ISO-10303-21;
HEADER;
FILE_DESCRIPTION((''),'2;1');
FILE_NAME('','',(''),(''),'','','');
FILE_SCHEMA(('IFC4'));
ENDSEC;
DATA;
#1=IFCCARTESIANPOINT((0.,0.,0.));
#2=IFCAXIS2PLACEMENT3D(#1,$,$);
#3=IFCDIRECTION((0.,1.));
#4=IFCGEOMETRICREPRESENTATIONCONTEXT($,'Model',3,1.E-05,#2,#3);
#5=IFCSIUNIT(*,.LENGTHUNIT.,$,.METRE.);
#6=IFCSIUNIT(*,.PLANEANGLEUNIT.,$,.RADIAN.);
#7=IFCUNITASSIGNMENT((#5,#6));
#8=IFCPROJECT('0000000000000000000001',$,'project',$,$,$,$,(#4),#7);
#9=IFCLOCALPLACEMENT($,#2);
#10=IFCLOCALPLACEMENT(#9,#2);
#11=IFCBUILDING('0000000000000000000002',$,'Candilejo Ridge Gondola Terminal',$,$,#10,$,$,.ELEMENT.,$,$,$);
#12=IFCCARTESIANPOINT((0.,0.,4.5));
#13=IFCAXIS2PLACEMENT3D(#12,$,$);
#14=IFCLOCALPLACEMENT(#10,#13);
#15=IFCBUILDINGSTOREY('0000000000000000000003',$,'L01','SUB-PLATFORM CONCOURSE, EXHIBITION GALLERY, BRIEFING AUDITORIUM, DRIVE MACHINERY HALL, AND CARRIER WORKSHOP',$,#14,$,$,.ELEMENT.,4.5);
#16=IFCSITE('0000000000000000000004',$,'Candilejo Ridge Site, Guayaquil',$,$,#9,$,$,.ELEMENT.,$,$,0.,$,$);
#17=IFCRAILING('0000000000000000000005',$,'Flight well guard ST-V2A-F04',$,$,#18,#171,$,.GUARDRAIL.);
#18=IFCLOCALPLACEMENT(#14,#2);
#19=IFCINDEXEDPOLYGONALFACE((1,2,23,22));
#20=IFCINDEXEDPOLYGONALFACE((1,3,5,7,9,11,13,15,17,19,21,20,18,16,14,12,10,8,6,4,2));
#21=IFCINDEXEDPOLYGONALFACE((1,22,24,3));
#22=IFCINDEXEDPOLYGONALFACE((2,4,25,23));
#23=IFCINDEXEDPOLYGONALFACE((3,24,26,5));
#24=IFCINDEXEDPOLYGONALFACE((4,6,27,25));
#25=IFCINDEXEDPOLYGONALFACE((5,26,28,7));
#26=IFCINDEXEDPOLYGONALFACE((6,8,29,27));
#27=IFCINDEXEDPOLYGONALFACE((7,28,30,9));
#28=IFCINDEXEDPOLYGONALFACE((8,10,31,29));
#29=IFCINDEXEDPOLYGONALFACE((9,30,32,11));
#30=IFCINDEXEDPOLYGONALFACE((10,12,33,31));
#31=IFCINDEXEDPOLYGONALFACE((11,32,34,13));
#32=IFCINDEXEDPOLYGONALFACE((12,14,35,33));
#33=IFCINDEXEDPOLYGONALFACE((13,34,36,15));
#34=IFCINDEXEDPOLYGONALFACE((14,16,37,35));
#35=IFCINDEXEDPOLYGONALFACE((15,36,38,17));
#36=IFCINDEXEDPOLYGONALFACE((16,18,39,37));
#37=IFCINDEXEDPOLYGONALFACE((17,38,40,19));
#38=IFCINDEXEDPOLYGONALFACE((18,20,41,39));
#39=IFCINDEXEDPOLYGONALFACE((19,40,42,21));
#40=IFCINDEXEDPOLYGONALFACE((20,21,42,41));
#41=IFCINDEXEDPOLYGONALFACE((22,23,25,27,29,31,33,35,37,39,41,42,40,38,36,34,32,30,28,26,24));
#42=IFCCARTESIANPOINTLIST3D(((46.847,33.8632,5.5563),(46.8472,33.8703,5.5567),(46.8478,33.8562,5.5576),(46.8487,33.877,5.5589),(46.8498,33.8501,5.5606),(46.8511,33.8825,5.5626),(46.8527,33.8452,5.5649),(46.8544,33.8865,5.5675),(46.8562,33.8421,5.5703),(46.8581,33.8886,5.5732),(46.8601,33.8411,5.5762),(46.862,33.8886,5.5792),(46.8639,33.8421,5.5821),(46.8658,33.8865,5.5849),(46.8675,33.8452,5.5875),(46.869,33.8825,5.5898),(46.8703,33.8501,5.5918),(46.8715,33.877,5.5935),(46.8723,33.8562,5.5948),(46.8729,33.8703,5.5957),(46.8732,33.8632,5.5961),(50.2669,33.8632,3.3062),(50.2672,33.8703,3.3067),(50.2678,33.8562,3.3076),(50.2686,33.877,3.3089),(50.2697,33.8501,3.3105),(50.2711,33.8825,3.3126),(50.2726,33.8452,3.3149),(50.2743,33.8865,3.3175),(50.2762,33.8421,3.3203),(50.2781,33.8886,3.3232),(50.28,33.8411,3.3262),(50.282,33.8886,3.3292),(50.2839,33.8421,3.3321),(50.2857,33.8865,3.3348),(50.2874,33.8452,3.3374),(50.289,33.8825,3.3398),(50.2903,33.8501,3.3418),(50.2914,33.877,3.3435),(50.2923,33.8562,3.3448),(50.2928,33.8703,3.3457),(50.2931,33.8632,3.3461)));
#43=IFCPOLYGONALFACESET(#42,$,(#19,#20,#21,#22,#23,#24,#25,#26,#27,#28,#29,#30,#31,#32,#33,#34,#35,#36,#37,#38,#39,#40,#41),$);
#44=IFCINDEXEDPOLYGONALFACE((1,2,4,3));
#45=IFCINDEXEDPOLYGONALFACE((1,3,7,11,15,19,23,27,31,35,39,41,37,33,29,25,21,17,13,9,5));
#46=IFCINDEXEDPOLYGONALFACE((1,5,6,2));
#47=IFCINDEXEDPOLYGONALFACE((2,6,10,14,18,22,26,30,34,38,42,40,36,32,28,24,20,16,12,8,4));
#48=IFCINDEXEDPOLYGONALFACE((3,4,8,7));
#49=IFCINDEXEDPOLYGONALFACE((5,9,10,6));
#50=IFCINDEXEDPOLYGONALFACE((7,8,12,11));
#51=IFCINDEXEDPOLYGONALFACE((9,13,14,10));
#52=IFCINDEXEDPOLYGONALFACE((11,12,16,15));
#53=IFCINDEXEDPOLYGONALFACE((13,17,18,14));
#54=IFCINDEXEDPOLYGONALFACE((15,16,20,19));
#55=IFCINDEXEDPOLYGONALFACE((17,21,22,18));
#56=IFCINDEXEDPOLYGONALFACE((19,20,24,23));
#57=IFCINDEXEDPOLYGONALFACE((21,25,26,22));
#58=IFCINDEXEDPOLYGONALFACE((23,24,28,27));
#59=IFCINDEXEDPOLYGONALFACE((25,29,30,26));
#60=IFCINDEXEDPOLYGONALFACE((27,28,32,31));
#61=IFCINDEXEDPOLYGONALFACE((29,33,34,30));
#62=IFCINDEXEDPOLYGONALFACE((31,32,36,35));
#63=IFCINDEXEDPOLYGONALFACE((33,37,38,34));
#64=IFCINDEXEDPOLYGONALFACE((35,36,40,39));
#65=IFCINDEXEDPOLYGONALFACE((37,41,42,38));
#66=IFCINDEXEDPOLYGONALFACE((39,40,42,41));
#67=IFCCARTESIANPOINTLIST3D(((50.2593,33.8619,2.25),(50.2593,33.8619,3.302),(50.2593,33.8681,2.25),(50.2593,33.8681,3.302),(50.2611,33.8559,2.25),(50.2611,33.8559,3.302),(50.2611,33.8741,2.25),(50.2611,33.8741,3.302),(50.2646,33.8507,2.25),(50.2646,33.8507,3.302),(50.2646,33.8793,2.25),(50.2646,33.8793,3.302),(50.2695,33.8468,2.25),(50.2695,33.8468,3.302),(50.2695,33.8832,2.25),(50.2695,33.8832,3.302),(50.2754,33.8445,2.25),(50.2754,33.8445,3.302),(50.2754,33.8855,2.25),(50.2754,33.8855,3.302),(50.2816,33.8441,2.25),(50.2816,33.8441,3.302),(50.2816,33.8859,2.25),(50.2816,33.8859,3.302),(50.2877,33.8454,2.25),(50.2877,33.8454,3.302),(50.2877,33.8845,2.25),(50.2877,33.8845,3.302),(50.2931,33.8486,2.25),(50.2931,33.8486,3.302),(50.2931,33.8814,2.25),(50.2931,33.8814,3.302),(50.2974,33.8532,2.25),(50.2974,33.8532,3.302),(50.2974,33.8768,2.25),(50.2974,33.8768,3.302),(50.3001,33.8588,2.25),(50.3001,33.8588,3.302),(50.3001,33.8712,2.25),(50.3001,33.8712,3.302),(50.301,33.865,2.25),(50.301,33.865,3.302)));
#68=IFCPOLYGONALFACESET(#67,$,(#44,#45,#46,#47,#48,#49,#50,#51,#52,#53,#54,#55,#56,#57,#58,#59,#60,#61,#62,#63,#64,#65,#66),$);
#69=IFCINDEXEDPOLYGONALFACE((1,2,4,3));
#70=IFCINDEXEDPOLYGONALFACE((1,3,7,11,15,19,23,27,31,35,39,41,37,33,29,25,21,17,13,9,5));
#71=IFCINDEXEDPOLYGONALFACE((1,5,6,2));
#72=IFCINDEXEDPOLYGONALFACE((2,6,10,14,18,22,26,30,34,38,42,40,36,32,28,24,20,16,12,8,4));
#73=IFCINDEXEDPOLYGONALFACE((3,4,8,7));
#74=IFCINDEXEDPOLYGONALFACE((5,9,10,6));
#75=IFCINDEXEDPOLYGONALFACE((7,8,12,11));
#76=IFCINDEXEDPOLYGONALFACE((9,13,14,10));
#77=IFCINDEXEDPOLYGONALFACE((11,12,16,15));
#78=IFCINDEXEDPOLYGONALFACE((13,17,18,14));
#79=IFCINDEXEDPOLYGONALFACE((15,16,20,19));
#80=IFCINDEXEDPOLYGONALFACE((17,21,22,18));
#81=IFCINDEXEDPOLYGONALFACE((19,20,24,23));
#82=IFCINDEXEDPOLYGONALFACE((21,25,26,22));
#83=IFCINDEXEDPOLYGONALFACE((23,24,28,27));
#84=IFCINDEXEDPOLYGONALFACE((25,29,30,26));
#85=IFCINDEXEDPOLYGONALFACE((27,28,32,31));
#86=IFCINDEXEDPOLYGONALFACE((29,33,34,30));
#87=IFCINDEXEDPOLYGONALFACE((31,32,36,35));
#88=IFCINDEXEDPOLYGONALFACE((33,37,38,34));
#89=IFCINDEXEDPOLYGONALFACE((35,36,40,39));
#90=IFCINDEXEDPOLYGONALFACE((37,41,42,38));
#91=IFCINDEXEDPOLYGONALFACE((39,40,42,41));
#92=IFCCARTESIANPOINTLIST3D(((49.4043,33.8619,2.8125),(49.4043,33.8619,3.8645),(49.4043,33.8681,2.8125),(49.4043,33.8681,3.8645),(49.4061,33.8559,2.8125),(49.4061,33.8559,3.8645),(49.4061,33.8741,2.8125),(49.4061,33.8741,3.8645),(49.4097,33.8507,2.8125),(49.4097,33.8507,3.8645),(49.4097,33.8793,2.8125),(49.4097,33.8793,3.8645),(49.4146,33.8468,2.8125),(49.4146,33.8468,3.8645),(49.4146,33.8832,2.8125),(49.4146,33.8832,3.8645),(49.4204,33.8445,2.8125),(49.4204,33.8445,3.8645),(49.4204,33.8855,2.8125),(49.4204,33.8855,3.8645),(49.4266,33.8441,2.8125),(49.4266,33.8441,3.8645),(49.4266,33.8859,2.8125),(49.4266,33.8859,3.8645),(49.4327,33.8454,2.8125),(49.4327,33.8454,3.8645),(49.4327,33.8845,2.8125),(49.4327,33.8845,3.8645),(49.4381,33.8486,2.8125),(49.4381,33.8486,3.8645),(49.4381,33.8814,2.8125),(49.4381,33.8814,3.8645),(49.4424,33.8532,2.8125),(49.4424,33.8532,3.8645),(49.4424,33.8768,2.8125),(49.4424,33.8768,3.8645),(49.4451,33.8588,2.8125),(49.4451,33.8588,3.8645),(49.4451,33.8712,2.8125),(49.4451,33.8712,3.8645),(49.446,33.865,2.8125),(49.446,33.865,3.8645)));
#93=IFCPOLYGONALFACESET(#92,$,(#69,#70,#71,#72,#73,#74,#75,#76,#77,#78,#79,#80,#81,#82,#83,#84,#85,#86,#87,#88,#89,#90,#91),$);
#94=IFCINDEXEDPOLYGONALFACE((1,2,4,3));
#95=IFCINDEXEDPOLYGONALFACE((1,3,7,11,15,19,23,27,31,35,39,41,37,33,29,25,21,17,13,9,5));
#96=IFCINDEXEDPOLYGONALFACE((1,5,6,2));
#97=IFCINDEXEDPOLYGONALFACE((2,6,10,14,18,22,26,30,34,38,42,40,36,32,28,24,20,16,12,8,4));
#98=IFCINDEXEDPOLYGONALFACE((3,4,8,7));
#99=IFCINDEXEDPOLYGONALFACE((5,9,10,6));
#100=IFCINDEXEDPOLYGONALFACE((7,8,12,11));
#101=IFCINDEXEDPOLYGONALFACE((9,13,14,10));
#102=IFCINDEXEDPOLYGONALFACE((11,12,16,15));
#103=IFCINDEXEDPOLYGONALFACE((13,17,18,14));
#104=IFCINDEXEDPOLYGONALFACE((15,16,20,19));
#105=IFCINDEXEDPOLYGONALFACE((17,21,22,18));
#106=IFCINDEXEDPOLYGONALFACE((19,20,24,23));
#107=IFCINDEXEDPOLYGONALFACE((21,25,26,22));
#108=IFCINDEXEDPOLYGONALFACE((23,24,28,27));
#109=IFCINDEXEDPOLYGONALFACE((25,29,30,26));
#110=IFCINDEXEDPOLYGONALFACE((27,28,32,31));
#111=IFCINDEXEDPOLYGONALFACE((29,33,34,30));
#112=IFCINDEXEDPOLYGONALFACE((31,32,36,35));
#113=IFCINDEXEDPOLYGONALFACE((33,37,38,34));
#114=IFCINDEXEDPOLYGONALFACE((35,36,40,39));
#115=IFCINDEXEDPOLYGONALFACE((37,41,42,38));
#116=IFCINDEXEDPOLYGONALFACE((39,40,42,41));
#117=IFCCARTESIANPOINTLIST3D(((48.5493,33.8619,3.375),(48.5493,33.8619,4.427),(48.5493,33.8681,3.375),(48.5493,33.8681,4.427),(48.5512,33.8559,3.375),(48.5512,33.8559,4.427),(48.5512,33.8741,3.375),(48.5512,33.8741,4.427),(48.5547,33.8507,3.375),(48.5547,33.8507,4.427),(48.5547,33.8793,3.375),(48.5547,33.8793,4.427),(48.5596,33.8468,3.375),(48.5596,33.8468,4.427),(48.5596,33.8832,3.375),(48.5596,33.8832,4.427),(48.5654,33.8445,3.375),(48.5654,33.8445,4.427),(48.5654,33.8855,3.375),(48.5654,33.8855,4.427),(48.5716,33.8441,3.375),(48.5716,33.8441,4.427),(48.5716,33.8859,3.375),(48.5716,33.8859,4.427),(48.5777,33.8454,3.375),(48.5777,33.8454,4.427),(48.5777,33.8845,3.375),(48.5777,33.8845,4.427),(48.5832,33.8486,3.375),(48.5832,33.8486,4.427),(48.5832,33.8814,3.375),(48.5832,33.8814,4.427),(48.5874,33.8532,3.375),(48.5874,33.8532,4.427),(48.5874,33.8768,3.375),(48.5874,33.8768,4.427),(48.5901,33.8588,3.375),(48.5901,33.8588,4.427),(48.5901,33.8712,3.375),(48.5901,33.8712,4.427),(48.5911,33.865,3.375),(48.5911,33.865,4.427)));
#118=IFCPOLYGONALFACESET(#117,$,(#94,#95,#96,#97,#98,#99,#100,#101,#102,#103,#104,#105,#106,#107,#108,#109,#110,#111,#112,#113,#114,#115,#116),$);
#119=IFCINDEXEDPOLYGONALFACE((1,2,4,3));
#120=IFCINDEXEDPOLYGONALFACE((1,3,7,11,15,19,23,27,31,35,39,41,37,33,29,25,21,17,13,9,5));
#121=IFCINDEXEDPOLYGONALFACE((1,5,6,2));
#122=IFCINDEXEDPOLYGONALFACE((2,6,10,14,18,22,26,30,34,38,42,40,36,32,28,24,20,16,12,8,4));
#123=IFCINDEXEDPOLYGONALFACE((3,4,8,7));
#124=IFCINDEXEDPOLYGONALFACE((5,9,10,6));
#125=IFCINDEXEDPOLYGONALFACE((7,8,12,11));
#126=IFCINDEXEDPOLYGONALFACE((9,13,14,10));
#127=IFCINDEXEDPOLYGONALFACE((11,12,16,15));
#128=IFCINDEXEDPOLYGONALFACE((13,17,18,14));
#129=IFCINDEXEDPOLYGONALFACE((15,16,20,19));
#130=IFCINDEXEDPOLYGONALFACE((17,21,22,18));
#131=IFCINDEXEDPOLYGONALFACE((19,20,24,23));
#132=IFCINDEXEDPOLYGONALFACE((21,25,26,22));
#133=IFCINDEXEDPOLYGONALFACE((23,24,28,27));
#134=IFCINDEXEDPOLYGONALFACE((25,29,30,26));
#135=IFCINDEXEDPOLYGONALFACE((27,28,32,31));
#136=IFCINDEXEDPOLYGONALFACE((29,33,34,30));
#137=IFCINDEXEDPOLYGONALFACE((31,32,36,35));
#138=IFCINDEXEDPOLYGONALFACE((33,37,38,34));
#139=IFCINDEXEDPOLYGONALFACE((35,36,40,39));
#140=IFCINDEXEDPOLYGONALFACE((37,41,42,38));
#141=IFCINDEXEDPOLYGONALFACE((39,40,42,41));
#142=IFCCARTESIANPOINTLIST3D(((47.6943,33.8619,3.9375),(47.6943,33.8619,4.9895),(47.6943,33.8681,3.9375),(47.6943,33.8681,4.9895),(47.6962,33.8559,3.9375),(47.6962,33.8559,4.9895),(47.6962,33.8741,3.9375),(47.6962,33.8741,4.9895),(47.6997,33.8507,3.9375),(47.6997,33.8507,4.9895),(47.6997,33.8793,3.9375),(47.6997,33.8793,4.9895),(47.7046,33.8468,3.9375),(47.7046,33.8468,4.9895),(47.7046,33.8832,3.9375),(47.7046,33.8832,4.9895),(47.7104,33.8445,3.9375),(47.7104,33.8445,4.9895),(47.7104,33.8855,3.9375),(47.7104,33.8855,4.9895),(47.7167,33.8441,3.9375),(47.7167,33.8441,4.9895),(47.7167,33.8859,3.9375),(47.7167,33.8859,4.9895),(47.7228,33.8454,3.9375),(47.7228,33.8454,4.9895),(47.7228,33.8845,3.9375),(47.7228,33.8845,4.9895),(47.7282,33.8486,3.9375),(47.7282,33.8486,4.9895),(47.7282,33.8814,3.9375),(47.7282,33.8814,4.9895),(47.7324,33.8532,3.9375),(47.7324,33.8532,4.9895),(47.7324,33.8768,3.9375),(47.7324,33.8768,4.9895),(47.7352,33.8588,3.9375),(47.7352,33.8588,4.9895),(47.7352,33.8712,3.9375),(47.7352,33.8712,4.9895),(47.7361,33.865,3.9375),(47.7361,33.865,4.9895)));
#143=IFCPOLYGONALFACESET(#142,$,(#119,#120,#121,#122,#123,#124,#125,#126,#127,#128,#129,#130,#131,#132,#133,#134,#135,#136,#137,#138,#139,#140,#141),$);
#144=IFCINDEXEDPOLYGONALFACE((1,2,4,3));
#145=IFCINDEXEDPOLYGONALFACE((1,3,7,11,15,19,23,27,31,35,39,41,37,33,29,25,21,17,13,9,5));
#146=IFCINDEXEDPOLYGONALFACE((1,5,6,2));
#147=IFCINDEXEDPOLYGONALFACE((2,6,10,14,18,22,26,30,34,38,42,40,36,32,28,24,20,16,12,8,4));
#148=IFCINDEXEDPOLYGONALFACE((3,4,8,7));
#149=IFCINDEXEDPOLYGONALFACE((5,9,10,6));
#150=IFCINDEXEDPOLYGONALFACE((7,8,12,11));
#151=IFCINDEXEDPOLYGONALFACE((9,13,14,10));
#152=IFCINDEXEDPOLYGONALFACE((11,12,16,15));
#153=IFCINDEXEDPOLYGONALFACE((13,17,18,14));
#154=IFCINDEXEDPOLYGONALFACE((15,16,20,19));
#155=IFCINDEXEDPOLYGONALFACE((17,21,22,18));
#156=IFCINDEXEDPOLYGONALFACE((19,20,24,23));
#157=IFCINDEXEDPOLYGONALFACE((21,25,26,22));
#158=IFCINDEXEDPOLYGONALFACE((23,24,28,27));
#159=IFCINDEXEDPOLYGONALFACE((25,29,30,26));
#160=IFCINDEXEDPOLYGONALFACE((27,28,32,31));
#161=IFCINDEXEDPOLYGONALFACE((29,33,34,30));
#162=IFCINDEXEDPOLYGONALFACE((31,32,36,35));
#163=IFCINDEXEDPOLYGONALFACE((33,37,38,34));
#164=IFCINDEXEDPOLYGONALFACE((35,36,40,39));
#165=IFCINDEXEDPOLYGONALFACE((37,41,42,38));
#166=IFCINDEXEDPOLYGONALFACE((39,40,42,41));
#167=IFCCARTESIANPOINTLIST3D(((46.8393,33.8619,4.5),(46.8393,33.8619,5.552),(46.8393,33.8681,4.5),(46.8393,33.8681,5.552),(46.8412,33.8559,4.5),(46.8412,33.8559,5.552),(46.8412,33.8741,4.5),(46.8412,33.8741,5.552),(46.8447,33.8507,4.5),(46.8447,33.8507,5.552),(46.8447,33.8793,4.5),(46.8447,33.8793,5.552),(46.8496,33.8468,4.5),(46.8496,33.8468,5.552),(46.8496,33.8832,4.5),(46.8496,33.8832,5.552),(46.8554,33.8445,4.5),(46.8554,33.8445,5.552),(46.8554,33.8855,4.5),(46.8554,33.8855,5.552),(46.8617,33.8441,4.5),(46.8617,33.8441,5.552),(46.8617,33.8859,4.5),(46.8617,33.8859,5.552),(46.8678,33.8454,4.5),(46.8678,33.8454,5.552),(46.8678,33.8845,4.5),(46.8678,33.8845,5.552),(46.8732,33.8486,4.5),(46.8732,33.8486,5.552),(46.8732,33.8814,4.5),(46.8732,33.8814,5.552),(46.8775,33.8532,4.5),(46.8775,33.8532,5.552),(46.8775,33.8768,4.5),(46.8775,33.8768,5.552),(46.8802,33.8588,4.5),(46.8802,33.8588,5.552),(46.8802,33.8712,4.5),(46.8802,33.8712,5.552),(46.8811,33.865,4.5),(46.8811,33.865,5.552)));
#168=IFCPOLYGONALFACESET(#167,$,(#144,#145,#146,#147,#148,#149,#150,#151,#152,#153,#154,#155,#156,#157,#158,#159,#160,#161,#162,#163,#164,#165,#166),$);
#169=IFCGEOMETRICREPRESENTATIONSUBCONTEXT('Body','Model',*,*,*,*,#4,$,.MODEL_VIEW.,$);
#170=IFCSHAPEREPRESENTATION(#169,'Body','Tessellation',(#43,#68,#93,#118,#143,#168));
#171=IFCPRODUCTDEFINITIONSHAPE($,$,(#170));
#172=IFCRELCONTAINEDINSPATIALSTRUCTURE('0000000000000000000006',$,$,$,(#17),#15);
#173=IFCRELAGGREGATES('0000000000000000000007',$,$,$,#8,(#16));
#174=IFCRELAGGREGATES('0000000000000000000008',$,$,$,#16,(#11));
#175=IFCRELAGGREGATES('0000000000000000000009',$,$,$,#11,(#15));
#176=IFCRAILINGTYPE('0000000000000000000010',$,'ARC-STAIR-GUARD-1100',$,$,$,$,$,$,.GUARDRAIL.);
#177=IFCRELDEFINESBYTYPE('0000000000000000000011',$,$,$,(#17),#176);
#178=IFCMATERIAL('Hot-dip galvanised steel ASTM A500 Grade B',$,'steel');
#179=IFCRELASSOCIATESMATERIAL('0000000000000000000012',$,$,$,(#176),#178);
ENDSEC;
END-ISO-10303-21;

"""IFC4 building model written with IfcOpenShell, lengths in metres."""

from ifc_helpers import new_model, si_unit, direction, frame, origin, origin_2d, place, context, subcontext, project, spatial, circle, extrude, material, type_object, element, save


model = new_model("IFC4")

# Units and contexts
model_context = context("Model", 3, precision=1e-05, world=origin(), true_north=direction((0.0, 1.0)))
body_context = subcontext(model_context, "Body", "Model", "MODEL_VIEW")
ifc_project = project(units=[si_unit("LENGTHUNIT", "METRE"), si_unit("PLANEANGLEUNIT", "RADIAN")], contexts=[model_context])

# Site, building, storey
site_placement = place(None, origin())
site = spatial("IfcSite", under=ifc_project, at=site_placement, Name="Candilejo Ridge Site, Guayaquil", CompositionType="ELEMENT", RefElevation=0.0)
building_placement = place(site_placement, origin())
building = spatial("IfcBuilding", under=site, at=building_placement, Name="Candilejo Ridge Gondola Terminal", CompositionType="ELEMENT")
storey_placement = place(building_placement, frame((0.0, 0.0, 4.5)))
storey = spatial("IfcBuildingStorey", under=building, at=storey_placement, Name="L01", Description="SUB-PLATFORM CONCOURSE, EXHIBITION GALLERY, BRIEFING AUDITORIUM, DRIVE MACHINERY HALL, AND CARRIER WORKSHOP", CompositionType="ELEMENT", Elevation=4.5)

# Railing
ifc_material_1 = material(Name="Hot-dip galvanised steel ASTM A500 Grade B", Category="steel")
railing_type_1 = type_object("IfcRailingType", Name="ARC-STAIR-GUARD-1100", PredefinedType="GUARDRAIL", material=ifc_material_1)
railing_1_placement = place(storey_placement, frame((50.28, 33.865, 2.25)))
element("IfcRailing", 1, at=railing_1_placement, inside=storey, type_object=railing_type_1, Name="Flight well guard ST-V2A-F04", PredefinedType="GUARDRAIL", context=body_context, shape_type="SweptSolid", body=[
    extrude(circle(Radius=0.0239, at=origin_2d()), frame((0.0, 0.0, 1.0762), z_axis=(-0.835411, 0.0, 0.549625), x_axis=(0.0, -1.0, 0.0)), (0.0, 0.0, 1.0), 4.0938),
    extrude(circle(Radius=0.021, at=origin_2d()), origin(), (0.0, 0.0, 1.0), 1.052),
    extrude(circle(Radius=0.021, at=origin_2d()), frame((-0.855, 0.0, 0.5625)), (0.0, 0.0, 1.0), 1.052),
    extrude(circle(Radius=0.021, at=origin_2d()), frame((-1.71, 0.0, 1.125)), (0.0, 0.0, 1.0), 1.052),
    extrude(circle(Radius=0.021, at=origin_2d()), frame((-2.5649, 0.0, 1.6875)), (0.0, 0.0, 1.0), 1.052),
    extrude(circle(Radius=0.021, at=origin_2d()), frame((-3.4199, 0.0, 2.25)), (0.0, 0.0, 1.0), 1.052),
])

save(model, "model.ifc")
